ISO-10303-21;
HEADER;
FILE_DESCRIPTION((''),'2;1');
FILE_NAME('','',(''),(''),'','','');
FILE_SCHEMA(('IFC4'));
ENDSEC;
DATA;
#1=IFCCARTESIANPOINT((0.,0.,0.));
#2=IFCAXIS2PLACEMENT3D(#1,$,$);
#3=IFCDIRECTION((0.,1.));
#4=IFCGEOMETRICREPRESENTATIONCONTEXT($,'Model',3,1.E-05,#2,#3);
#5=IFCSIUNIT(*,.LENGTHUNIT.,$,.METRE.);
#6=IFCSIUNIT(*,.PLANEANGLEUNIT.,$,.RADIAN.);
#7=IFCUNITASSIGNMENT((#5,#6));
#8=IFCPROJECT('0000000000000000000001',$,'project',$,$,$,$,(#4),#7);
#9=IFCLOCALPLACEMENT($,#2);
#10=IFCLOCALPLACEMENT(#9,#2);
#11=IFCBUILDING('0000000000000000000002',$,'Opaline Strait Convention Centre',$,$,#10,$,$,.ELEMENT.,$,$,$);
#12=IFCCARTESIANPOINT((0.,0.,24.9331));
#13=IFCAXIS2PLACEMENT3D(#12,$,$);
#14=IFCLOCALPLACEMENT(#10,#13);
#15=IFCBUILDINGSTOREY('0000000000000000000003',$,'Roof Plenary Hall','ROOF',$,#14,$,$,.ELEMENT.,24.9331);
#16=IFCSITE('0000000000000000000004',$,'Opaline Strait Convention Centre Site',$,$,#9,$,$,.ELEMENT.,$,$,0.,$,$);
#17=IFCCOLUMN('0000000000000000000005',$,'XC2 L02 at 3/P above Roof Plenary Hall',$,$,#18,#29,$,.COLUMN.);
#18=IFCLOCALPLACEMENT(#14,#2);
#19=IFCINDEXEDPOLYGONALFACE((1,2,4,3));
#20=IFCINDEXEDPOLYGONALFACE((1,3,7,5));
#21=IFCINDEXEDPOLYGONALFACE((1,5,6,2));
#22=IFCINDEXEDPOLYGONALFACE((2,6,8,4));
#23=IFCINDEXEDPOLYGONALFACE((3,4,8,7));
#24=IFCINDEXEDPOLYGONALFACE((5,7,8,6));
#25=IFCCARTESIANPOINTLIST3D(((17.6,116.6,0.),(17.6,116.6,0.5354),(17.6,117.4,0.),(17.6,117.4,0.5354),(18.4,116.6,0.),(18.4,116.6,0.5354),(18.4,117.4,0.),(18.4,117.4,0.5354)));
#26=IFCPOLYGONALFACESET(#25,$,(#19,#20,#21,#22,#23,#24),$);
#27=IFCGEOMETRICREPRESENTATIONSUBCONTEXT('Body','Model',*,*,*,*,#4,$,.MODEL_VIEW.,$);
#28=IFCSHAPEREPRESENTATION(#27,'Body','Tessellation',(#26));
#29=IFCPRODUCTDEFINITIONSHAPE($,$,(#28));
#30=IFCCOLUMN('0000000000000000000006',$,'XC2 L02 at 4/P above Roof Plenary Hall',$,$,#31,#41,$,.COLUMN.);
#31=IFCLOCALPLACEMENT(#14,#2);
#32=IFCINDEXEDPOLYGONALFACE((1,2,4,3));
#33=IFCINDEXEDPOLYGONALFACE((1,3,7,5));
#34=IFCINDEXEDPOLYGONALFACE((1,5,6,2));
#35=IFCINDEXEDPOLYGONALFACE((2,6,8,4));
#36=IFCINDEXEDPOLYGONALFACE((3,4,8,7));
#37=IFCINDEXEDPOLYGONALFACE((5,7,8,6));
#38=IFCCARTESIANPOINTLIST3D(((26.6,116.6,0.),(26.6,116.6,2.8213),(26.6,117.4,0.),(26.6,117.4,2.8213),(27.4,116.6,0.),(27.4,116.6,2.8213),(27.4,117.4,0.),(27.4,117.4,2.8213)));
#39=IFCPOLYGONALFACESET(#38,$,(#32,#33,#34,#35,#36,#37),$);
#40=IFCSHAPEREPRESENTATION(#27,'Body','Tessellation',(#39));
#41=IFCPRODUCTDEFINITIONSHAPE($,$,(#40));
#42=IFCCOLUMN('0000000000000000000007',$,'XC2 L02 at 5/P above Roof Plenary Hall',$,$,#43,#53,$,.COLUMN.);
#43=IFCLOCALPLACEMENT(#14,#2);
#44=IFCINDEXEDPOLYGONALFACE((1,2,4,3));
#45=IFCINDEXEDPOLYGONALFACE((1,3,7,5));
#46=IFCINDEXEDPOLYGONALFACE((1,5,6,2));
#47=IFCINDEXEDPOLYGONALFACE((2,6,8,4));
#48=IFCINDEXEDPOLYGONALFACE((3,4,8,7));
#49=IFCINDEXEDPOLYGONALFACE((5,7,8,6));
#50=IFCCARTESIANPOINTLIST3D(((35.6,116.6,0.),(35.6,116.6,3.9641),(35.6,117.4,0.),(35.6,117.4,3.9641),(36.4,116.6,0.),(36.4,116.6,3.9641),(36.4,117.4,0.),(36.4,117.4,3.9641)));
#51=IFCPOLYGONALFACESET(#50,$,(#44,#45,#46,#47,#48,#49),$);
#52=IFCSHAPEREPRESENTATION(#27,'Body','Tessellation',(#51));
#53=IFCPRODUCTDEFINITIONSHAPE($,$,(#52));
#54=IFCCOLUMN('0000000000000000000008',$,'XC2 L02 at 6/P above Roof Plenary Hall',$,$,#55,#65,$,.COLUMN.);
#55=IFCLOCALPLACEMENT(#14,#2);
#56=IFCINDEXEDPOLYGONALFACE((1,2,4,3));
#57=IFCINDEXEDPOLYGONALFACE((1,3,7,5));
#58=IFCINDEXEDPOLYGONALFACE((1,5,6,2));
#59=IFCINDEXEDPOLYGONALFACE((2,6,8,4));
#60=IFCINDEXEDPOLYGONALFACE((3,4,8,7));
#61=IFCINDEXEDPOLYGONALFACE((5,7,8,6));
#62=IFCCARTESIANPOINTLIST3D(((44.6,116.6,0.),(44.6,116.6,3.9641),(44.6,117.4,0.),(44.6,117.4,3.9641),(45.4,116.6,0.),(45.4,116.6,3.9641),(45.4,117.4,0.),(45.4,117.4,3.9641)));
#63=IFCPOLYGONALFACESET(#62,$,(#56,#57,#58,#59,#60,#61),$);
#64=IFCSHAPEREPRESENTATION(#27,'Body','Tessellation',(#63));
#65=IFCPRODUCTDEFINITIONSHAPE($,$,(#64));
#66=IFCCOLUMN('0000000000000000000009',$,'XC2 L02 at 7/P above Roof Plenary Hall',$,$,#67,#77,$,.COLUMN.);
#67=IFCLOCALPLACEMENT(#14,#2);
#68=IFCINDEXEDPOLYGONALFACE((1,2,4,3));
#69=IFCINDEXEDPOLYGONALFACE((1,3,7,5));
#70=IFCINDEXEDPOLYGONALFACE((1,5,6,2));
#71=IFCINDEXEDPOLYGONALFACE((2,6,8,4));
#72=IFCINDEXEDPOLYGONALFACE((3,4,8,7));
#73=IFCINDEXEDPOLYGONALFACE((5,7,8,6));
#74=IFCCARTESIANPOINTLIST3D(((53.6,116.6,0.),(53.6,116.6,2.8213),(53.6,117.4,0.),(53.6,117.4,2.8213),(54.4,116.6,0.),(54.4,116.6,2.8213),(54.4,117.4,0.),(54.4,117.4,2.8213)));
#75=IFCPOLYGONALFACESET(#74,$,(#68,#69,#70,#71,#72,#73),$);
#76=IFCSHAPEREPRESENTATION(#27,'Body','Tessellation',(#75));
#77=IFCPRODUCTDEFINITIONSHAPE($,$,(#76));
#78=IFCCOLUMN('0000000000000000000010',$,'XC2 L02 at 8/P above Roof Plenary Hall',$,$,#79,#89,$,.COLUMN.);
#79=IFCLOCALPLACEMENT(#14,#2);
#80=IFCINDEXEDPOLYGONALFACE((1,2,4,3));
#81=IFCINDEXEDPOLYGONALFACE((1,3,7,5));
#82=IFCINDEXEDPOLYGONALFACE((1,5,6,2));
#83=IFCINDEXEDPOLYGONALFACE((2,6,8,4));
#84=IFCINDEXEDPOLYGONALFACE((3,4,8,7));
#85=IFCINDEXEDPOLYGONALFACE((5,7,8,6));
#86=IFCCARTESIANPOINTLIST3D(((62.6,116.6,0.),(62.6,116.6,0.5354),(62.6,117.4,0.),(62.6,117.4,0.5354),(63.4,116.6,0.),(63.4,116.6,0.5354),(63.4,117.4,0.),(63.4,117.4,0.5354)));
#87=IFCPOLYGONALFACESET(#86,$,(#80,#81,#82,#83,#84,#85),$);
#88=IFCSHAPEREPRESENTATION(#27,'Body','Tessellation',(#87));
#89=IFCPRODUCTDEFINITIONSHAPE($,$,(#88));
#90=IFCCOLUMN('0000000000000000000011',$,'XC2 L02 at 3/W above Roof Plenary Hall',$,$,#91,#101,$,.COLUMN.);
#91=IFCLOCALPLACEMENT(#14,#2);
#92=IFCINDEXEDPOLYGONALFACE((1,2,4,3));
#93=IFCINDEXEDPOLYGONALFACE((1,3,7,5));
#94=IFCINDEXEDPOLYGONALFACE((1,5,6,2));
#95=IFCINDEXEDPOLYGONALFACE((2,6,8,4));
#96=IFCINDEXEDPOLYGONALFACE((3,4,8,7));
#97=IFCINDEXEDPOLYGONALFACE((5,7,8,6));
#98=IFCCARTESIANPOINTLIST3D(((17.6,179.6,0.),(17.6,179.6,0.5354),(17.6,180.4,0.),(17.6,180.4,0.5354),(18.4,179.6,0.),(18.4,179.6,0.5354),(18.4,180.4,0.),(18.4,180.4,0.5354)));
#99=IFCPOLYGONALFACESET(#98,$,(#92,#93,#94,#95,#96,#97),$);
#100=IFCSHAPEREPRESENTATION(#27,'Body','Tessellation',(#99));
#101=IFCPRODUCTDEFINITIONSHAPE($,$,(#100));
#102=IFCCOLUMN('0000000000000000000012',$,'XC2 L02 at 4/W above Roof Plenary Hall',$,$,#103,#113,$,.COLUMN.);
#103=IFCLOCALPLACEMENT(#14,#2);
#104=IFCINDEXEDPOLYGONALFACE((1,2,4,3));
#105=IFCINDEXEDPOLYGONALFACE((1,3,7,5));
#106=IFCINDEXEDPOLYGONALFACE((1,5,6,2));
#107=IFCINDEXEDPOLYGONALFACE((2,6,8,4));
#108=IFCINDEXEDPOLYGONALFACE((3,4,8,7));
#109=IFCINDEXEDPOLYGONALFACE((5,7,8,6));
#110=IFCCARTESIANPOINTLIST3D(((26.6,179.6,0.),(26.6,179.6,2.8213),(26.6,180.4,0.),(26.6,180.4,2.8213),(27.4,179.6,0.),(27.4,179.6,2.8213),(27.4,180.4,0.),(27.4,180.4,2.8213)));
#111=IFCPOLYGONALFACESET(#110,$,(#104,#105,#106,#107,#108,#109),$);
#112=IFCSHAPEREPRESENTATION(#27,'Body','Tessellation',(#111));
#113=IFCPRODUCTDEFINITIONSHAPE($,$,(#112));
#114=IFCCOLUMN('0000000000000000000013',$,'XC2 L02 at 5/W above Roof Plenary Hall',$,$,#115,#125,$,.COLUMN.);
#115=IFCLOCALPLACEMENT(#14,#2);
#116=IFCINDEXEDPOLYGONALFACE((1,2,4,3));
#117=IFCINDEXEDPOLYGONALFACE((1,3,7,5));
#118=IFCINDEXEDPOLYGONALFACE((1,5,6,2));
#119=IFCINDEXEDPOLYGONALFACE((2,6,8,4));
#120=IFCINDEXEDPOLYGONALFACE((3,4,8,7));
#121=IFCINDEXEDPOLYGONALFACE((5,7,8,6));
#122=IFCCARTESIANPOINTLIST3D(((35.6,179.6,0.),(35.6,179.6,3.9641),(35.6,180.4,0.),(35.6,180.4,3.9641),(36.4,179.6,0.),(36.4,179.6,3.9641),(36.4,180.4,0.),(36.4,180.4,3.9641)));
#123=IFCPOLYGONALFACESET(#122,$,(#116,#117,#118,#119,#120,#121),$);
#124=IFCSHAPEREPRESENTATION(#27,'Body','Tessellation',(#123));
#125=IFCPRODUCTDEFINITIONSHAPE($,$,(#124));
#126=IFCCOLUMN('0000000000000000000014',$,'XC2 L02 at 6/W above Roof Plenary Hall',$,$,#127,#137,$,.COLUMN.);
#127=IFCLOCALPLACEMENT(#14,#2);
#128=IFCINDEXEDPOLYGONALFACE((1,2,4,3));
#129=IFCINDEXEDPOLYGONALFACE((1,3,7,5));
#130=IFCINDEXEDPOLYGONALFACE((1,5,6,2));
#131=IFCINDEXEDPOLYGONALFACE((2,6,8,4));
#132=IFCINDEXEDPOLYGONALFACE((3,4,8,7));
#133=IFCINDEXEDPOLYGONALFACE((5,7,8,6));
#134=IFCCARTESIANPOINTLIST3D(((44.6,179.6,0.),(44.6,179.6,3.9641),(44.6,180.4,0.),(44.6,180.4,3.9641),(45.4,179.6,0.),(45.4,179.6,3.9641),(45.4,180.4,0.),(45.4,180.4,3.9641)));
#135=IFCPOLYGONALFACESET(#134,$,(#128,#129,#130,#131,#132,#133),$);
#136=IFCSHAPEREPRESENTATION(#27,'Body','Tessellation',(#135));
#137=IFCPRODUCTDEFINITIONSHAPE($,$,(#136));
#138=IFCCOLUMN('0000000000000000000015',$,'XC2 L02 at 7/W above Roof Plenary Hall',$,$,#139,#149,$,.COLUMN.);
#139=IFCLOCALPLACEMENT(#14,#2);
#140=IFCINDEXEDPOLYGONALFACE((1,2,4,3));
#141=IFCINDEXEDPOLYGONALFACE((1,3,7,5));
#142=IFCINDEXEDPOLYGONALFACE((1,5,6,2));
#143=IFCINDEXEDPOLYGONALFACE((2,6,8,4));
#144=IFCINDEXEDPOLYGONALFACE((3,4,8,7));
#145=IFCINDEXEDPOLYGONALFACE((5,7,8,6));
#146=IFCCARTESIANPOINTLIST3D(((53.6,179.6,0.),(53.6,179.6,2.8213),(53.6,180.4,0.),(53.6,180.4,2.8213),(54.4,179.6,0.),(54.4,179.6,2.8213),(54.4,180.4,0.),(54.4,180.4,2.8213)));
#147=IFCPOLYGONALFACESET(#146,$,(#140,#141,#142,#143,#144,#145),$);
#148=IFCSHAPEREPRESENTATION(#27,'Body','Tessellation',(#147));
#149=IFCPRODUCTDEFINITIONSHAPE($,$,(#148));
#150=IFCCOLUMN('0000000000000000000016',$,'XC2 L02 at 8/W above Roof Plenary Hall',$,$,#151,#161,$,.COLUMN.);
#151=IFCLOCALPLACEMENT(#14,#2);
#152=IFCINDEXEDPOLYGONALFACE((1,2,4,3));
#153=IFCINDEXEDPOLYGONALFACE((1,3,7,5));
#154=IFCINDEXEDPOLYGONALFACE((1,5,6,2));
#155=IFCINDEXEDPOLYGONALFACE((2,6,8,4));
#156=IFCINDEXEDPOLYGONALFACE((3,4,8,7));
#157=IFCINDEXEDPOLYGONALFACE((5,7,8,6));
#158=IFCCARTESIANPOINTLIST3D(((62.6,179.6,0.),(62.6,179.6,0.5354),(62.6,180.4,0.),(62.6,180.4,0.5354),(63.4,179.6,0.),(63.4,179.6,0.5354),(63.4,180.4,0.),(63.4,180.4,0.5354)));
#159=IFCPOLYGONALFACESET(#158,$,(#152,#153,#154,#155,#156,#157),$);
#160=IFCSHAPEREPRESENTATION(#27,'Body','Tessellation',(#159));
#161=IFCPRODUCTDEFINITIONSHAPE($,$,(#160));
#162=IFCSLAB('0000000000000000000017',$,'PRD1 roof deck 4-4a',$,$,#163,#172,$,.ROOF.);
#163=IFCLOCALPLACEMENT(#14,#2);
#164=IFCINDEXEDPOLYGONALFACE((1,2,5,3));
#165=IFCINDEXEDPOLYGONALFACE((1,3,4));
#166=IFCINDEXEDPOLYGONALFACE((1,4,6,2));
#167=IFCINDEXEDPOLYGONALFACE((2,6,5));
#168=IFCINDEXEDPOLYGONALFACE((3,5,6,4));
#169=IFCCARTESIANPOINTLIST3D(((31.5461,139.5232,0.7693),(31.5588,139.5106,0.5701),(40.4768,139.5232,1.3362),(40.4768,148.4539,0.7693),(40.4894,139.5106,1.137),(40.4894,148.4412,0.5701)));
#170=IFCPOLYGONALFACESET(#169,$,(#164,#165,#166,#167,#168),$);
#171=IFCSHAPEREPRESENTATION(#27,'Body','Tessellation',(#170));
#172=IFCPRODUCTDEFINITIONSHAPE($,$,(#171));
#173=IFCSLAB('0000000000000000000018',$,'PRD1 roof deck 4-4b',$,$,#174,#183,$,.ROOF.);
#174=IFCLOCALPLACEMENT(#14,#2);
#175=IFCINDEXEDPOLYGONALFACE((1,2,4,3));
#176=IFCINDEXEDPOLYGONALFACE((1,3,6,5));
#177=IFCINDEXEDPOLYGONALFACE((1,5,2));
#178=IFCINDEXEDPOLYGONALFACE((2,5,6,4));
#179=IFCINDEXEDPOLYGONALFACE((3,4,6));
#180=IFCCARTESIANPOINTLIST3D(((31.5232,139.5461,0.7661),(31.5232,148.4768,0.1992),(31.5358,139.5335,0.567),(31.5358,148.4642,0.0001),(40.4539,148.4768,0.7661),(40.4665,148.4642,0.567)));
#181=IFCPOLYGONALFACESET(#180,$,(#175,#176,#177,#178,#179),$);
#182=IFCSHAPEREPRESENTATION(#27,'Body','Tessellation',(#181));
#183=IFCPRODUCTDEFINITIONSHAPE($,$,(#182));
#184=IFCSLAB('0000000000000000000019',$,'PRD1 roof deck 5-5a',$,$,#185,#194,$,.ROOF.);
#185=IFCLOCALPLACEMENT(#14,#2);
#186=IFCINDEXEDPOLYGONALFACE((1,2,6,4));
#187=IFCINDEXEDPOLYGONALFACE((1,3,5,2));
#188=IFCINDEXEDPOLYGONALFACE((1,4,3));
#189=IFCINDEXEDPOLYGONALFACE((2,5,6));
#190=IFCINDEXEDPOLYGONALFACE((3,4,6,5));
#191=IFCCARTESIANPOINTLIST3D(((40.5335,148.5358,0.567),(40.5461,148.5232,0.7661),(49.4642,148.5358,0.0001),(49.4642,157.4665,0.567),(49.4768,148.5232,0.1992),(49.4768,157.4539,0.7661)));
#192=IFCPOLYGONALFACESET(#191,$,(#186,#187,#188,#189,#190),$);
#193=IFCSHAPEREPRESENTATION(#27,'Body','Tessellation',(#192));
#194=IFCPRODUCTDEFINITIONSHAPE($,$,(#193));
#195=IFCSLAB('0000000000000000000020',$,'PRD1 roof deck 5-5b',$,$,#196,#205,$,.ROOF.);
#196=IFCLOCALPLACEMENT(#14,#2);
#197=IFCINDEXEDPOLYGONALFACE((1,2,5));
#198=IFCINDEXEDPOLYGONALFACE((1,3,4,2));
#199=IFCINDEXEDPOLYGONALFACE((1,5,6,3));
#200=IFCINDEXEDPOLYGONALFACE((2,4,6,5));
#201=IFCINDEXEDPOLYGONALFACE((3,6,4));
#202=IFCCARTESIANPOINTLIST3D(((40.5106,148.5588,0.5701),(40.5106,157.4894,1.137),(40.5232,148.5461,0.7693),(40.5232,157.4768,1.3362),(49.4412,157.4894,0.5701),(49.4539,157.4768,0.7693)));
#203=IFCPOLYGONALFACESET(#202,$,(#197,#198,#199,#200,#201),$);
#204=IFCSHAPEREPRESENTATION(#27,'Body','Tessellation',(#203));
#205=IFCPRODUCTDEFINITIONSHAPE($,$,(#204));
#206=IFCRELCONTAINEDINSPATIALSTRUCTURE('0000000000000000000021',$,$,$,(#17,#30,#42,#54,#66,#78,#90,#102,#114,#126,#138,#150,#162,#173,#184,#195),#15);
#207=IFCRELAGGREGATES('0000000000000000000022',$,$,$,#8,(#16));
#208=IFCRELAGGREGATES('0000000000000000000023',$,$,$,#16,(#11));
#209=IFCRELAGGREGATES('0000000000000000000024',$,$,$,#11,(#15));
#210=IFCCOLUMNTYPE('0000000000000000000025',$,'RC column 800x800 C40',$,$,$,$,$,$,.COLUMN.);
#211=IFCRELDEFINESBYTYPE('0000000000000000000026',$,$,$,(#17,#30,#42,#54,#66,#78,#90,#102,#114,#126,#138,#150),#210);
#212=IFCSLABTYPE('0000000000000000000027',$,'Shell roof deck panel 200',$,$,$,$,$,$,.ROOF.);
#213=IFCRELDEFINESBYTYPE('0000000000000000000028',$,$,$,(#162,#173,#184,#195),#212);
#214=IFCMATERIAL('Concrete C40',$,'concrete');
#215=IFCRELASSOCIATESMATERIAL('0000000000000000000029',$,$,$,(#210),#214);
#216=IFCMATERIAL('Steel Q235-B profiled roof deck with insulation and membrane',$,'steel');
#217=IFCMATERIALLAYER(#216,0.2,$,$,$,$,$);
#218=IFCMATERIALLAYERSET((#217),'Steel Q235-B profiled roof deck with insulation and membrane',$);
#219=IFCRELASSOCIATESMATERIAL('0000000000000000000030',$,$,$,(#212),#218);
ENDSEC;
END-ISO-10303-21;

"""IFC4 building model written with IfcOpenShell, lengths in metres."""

from ifc_helpers import new_model, si_unit, direction, frame, origin, origin_2d, place, context, subcontext, project, spatial, polyline, rectangle, outline, extrude, material, layer, layer_set, material_profile, profile_set, type_object, element, save


model = new_model("IFC4")

# Units and contexts
model_context = context("Model", 3, precision=1e-05, world=origin(), true_north=direction((0.0, 1.0)))
body_context = subcontext(model_context, "Body", "Model", "MODEL_VIEW")
ifc_project = project(units=[si_unit("LENGTHUNIT", "METRE"), si_unit("PLANEANGLEUNIT", "RADIAN")], contexts=[model_context])

# Site, building, storey
site_placement = place(None, origin())
site = spatial("IfcSite", under=ifc_project, at=site_placement, Name="Opaline Strait Convention Centre Site", CompositionType="ELEMENT", RefElevation=0.0)
building_placement = place(site_placement, origin())
building = spatial("IfcBuilding", under=site, at=building_placement, Name="Opaline Strait Convention Centre", CompositionType="ELEMENT")
storey_placement = place(building_placement, frame((0.0, 0.0, 24.9331)))
storey = spatial("IfcBuildingStorey", under=building, at=storey_placement, Name="Roof Plenary Hall", Description="ROOF", CompositionType="ELEMENT", Elevation=24.9331)

# Columns
ifc_material_1 = material(Name="Concrete C40", Category="concrete")
ifc_material_profile = material_profile(ifc_material_1, rectangle(XDim=0.8, YDim=0.8, at=origin_2d()), Name="RC 800x800")
ifc_profile_set = profile_set([ifc_material_profile], Name="Concrete C40")
column_type = type_object("IfcColumnType", Name="RC column 800x800 C40", PredefinedType="COLUMN", material=ifc_profile_set)
column_1_placement = place(storey_placement, frame((18.0, 117.0, 0.0), z_axis=(0.0, 0.0, 1.0), x_axis=(1.0, 0.0, 0.0)))
element("IfcColumn", 1, at=column_1_placement, inside=storey, type_object=column_type, Name="XC2 L02 at 3/P above Roof Plenary Hall", PredefinedType="COLUMN", context=body_context, shape_type="SweptSolid", body=[
    extrude(rectangle(XDim=0.8, YDim=0.8, at=origin_2d()), origin(), (0.0, 0.0, 1.0), 0.5354),
])
column_2_placement = place(storey_placement, frame((27.0, 117.0, 0.0), z_axis=(0.0, 0.0, 1.0), x_axis=(1.0, 0.0, 0.0)))
element("IfcColumn", 2, at=column_2_placement, inside=storey, type_object=column_type, Name="XC2 L02 at 4/P above Roof Plenary Hall", PredefinedType="COLUMN", context=body_context, shape_type="SweptSolid", body=[
    extrude(rectangle(XDim=0.8, YDim=0.8, at=origin_2d()), origin(), (0.0, 0.0, 1.0), 2.8213),
])
for number, where, z_axis, x_axis, name in (
    (3, (36.0, 117.0, 0.0), (0.0, 0.0, 1.0), (1.0, 0.0, 0.0), "XC2 L02 at 5/P above Roof Plenary Hall"),
    (4, (45.0, 117.0, 0.0), (0.0, 0.0, 1.0), (1.0, 0.0, 0.0), "XC2 L02 at 6/P above Roof Plenary Hall"),
):
    element("IfcColumn", number, at=place(storey_placement, frame(where, z_axis=z_axis, x_axis=x_axis)), inside=storey, type_object=column_type, Name=name, PredefinedType="COLUMN", context=body_context, shape_type="SweptSolid", body=[
        extrude(rectangle(XDim=0.8, YDim=0.8, at=origin_2d()), origin(), (0.0, 0.0, 1.0), 3.9641),
    ])
column_3_placement = place(storey_placement, frame((54.0, 117.0, 0.0), z_axis=(0.0, 0.0, 1.0), x_axis=(1.0, 0.0, 0.0)))
element("IfcColumn", 5, at=column_3_placement, inside=storey, type_object=column_type, Name="XC2 L02 at 7/P above Roof Plenary Hall", PredefinedType="COLUMN", context=body_context, shape_type="SweptSolid", body=[
    extrude(rectangle(XDim=0.8, YDim=0.8, at=origin_2d()), origin(), (0.0, 0.0, 1.0), 2.8213),
])
for number, where, z_axis, x_axis, name in (
    (6, (63.0, 117.0, 0.0), (0.0, 0.0, 1.0), (1.0, 0.0, 0.0), "XC2 L02 at 8/P above Roof Plenary Hall"),
    (7, (18.0, 180.0, 0.0), (0.0, 0.0, 1.0), (1.0, 0.0, 0.0), "XC2 L02 at 3/W above Roof Plenary Hall"),
):
    element("IfcColumn", number, at=place(storey_placement, frame(where, z_axis=z_axis, x_axis=x_axis)), inside=storey, type_object=column_type, Name=name, PredefinedType="COLUMN", context=body_context, shape_type="SweptSolid", body=[
        extrude(rectangle(XDim=0.8, YDim=0.8, at=origin_2d()), origin(), (0.0, 0.0, 1.0), 0.5354),
    ])
column_4_placement = place(storey_placement, frame((27.0, 180.0, 0.0), z_axis=(0.0, 0.0, 1.0), x_axis=(1.0, 0.0, 0.0)))
element("IfcColumn", 8, at=column_4_placement, inside=storey, type_object=column_type, Name="XC2 L02 at 4/W above Roof Plenary Hall", PredefinedType="COLUMN", context=body_context, shape_type="SweptSolid", body=[
    extrude(rectangle(XDim=0.8, YDim=0.8, at=origin_2d()), origin(), (0.0, 0.0, 1.0), 2.8213),
])
for number, where, z_axis, x_axis, name in (
    (9, (36.0, 180.0, 0.0), (0.0, 0.0, 1.0), (1.0, 0.0, 0.0), "XC2 L02 at 5/W above Roof Plenary Hall"),
    (10, (45.0, 180.0, 0.0), (0.0, 0.0, 1.0), (1.0, 0.0, 0.0), "XC2 L02 at 6/W above Roof Plenary Hall"),
):
    element("IfcColumn", number, at=place(storey_placement, frame(where, z_axis=z_axis, x_axis=x_axis)), inside=storey, type_object=column_type, Name=name, PredefinedType="COLUMN", context=body_context, shape_type="SweptSolid", body=[
        extrude(rectangle(XDim=0.8, YDim=0.8, at=origin_2d()), origin(), (0.0, 0.0, 1.0), 3.9641),
    ])
column_5_placement = place(storey_placement, frame((54.0, 180.0, 0.0), z_axis=(0.0, 0.0, 1.0), x_axis=(1.0, 0.0, 0.0)))
element("IfcColumn", 11, at=column_5_placement, inside=storey, type_object=column_type, Name="XC2 L02 at 7/W above Roof Plenary Hall", PredefinedType="COLUMN", context=body_context, shape_type="SweptSolid", body=[
    extrude(rectangle(XDim=0.8, YDim=0.8, at=origin_2d()), origin(), (0.0, 0.0, 1.0), 2.8213),
])
column_6_placement = place(storey_placement, frame((63.0, 180.0, 0.0), z_axis=(0.0, 0.0, 1.0), x_axis=(1.0, 0.0, 0.0)))
element("IfcColumn", 12, at=column_6_placement, inside=storey, type_object=column_type, Name="XC2 L02 at 8/W above Roof Plenary Hall", PredefinedType="COLUMN", context=body_context, shape_type="SweptSolid", body=[
    extrude(rectangle(XDim=0.8, YDim=0.8, at=origin_2d()), origin(), (0.0, 0.0, 1.0), 0.5354),
])

# Slabs
ifc_material_2 = material(Name="Steel Q235-B profiled roof deck with insulation and membrane", Category="steel")
ifc_layer = layer(ifc_material_2, 0.2)
ifc_layer_set = layer_set([ifc_layer], Name="Steel Q235-B profiled roof deck with insulation and membrane")
slab_type = type_object("IfcSlabType", Name="Shell roof deck panel 200", PredefinedType="ROOF", material=ifc_layer_set)
slab_1_placement = place(storey_placement, frame((31.5461, 139.5232, 0.7693), z_axis=(-0.063223, 0.063223, 0.995995), x_axis=(0.997991, 0.0, 0.06335)))
element("IfcSlab", 13, at=slab_1_placement, inside=storey, type_object=slab_type, Name="PRD1 roof deck 4-4a", PredefinedType="ROOF", context=body_context, shape_type="SweptSolid", body=[
    extrude(outline(polyline([(0.0, 0.0), (8.9486, 0.0), (8.9127, 8.9486), (0.0, 0.0)])), origin(), (0.0, 0.0, -1.0), 0.2),
])
slab_2_placement = place(storey_placement, frame((31.5232, 139.5461, 0.7661), z_axis=(-0.063223, 0.063223, 0.995995), x_axis=(0.707107, 0.707107, 0.0)))
element("IfcSlab", 14, at=slab_2_placement, inside=storey, type_object=slab_type, Name="PRD1 roof deck 4-4b", PredefinedType="ROOF", context=body_context, shape_type="SweptSolid", body=[
    extrude(outline(polyline([(0.0, 0.0), (12.6299, 0.0), (6.3149, 6.3403), (0.0, 0.0)])), origin(), (0.0, 0.0, -1.0), 0.2),
])
slab_3_placement = place(storey_placement, frame((40.5461, 148.5232, 0.7661), z_axis=(0.063223, -0.063223, 0.995995), x_axis=(0.997991, 0.0, -0.06335)))
element("IfcSlab", 15, at=slab_3_placement, inside=storey, type_object=slab_type, Name="PRD1 roof deck 5-5a", PredefinedType="ROOF", context=body_context, shape_type="SweptSolid", body=[
    extrude(outline(polyline([(0.0, 0.0), (8.9486, 0.0), (8.9127, 8.9486), (0.0, 0.0)])), origin(), (0.0, 0.0, -1.0), 0.2),
])
slab_4_placement = place(storey_placement, frame((40.5232, 148.5461, 0.7693), z_axis=(0.063223, -0.063223, 0.995995), x_axis=(0.707107, 0.707107, 0.0)))
element("IfcSlab", 16, at=slab_4_placement, inside=storey, type_object=slab_type, Name="PRD1 roof deck 5-5b", PredefinedType="ROOF", context=body_context, shape_type="SweptSolid", body=[
    extrude(outline(polyline([(0.0, 0.0), (12.6299, 0.0), (6.3149, 6.3403), (0.0, 0.0)])), origin(), (0.0, 0.0, -1.0), 0.2),
])

save(model, "model.ifc")
